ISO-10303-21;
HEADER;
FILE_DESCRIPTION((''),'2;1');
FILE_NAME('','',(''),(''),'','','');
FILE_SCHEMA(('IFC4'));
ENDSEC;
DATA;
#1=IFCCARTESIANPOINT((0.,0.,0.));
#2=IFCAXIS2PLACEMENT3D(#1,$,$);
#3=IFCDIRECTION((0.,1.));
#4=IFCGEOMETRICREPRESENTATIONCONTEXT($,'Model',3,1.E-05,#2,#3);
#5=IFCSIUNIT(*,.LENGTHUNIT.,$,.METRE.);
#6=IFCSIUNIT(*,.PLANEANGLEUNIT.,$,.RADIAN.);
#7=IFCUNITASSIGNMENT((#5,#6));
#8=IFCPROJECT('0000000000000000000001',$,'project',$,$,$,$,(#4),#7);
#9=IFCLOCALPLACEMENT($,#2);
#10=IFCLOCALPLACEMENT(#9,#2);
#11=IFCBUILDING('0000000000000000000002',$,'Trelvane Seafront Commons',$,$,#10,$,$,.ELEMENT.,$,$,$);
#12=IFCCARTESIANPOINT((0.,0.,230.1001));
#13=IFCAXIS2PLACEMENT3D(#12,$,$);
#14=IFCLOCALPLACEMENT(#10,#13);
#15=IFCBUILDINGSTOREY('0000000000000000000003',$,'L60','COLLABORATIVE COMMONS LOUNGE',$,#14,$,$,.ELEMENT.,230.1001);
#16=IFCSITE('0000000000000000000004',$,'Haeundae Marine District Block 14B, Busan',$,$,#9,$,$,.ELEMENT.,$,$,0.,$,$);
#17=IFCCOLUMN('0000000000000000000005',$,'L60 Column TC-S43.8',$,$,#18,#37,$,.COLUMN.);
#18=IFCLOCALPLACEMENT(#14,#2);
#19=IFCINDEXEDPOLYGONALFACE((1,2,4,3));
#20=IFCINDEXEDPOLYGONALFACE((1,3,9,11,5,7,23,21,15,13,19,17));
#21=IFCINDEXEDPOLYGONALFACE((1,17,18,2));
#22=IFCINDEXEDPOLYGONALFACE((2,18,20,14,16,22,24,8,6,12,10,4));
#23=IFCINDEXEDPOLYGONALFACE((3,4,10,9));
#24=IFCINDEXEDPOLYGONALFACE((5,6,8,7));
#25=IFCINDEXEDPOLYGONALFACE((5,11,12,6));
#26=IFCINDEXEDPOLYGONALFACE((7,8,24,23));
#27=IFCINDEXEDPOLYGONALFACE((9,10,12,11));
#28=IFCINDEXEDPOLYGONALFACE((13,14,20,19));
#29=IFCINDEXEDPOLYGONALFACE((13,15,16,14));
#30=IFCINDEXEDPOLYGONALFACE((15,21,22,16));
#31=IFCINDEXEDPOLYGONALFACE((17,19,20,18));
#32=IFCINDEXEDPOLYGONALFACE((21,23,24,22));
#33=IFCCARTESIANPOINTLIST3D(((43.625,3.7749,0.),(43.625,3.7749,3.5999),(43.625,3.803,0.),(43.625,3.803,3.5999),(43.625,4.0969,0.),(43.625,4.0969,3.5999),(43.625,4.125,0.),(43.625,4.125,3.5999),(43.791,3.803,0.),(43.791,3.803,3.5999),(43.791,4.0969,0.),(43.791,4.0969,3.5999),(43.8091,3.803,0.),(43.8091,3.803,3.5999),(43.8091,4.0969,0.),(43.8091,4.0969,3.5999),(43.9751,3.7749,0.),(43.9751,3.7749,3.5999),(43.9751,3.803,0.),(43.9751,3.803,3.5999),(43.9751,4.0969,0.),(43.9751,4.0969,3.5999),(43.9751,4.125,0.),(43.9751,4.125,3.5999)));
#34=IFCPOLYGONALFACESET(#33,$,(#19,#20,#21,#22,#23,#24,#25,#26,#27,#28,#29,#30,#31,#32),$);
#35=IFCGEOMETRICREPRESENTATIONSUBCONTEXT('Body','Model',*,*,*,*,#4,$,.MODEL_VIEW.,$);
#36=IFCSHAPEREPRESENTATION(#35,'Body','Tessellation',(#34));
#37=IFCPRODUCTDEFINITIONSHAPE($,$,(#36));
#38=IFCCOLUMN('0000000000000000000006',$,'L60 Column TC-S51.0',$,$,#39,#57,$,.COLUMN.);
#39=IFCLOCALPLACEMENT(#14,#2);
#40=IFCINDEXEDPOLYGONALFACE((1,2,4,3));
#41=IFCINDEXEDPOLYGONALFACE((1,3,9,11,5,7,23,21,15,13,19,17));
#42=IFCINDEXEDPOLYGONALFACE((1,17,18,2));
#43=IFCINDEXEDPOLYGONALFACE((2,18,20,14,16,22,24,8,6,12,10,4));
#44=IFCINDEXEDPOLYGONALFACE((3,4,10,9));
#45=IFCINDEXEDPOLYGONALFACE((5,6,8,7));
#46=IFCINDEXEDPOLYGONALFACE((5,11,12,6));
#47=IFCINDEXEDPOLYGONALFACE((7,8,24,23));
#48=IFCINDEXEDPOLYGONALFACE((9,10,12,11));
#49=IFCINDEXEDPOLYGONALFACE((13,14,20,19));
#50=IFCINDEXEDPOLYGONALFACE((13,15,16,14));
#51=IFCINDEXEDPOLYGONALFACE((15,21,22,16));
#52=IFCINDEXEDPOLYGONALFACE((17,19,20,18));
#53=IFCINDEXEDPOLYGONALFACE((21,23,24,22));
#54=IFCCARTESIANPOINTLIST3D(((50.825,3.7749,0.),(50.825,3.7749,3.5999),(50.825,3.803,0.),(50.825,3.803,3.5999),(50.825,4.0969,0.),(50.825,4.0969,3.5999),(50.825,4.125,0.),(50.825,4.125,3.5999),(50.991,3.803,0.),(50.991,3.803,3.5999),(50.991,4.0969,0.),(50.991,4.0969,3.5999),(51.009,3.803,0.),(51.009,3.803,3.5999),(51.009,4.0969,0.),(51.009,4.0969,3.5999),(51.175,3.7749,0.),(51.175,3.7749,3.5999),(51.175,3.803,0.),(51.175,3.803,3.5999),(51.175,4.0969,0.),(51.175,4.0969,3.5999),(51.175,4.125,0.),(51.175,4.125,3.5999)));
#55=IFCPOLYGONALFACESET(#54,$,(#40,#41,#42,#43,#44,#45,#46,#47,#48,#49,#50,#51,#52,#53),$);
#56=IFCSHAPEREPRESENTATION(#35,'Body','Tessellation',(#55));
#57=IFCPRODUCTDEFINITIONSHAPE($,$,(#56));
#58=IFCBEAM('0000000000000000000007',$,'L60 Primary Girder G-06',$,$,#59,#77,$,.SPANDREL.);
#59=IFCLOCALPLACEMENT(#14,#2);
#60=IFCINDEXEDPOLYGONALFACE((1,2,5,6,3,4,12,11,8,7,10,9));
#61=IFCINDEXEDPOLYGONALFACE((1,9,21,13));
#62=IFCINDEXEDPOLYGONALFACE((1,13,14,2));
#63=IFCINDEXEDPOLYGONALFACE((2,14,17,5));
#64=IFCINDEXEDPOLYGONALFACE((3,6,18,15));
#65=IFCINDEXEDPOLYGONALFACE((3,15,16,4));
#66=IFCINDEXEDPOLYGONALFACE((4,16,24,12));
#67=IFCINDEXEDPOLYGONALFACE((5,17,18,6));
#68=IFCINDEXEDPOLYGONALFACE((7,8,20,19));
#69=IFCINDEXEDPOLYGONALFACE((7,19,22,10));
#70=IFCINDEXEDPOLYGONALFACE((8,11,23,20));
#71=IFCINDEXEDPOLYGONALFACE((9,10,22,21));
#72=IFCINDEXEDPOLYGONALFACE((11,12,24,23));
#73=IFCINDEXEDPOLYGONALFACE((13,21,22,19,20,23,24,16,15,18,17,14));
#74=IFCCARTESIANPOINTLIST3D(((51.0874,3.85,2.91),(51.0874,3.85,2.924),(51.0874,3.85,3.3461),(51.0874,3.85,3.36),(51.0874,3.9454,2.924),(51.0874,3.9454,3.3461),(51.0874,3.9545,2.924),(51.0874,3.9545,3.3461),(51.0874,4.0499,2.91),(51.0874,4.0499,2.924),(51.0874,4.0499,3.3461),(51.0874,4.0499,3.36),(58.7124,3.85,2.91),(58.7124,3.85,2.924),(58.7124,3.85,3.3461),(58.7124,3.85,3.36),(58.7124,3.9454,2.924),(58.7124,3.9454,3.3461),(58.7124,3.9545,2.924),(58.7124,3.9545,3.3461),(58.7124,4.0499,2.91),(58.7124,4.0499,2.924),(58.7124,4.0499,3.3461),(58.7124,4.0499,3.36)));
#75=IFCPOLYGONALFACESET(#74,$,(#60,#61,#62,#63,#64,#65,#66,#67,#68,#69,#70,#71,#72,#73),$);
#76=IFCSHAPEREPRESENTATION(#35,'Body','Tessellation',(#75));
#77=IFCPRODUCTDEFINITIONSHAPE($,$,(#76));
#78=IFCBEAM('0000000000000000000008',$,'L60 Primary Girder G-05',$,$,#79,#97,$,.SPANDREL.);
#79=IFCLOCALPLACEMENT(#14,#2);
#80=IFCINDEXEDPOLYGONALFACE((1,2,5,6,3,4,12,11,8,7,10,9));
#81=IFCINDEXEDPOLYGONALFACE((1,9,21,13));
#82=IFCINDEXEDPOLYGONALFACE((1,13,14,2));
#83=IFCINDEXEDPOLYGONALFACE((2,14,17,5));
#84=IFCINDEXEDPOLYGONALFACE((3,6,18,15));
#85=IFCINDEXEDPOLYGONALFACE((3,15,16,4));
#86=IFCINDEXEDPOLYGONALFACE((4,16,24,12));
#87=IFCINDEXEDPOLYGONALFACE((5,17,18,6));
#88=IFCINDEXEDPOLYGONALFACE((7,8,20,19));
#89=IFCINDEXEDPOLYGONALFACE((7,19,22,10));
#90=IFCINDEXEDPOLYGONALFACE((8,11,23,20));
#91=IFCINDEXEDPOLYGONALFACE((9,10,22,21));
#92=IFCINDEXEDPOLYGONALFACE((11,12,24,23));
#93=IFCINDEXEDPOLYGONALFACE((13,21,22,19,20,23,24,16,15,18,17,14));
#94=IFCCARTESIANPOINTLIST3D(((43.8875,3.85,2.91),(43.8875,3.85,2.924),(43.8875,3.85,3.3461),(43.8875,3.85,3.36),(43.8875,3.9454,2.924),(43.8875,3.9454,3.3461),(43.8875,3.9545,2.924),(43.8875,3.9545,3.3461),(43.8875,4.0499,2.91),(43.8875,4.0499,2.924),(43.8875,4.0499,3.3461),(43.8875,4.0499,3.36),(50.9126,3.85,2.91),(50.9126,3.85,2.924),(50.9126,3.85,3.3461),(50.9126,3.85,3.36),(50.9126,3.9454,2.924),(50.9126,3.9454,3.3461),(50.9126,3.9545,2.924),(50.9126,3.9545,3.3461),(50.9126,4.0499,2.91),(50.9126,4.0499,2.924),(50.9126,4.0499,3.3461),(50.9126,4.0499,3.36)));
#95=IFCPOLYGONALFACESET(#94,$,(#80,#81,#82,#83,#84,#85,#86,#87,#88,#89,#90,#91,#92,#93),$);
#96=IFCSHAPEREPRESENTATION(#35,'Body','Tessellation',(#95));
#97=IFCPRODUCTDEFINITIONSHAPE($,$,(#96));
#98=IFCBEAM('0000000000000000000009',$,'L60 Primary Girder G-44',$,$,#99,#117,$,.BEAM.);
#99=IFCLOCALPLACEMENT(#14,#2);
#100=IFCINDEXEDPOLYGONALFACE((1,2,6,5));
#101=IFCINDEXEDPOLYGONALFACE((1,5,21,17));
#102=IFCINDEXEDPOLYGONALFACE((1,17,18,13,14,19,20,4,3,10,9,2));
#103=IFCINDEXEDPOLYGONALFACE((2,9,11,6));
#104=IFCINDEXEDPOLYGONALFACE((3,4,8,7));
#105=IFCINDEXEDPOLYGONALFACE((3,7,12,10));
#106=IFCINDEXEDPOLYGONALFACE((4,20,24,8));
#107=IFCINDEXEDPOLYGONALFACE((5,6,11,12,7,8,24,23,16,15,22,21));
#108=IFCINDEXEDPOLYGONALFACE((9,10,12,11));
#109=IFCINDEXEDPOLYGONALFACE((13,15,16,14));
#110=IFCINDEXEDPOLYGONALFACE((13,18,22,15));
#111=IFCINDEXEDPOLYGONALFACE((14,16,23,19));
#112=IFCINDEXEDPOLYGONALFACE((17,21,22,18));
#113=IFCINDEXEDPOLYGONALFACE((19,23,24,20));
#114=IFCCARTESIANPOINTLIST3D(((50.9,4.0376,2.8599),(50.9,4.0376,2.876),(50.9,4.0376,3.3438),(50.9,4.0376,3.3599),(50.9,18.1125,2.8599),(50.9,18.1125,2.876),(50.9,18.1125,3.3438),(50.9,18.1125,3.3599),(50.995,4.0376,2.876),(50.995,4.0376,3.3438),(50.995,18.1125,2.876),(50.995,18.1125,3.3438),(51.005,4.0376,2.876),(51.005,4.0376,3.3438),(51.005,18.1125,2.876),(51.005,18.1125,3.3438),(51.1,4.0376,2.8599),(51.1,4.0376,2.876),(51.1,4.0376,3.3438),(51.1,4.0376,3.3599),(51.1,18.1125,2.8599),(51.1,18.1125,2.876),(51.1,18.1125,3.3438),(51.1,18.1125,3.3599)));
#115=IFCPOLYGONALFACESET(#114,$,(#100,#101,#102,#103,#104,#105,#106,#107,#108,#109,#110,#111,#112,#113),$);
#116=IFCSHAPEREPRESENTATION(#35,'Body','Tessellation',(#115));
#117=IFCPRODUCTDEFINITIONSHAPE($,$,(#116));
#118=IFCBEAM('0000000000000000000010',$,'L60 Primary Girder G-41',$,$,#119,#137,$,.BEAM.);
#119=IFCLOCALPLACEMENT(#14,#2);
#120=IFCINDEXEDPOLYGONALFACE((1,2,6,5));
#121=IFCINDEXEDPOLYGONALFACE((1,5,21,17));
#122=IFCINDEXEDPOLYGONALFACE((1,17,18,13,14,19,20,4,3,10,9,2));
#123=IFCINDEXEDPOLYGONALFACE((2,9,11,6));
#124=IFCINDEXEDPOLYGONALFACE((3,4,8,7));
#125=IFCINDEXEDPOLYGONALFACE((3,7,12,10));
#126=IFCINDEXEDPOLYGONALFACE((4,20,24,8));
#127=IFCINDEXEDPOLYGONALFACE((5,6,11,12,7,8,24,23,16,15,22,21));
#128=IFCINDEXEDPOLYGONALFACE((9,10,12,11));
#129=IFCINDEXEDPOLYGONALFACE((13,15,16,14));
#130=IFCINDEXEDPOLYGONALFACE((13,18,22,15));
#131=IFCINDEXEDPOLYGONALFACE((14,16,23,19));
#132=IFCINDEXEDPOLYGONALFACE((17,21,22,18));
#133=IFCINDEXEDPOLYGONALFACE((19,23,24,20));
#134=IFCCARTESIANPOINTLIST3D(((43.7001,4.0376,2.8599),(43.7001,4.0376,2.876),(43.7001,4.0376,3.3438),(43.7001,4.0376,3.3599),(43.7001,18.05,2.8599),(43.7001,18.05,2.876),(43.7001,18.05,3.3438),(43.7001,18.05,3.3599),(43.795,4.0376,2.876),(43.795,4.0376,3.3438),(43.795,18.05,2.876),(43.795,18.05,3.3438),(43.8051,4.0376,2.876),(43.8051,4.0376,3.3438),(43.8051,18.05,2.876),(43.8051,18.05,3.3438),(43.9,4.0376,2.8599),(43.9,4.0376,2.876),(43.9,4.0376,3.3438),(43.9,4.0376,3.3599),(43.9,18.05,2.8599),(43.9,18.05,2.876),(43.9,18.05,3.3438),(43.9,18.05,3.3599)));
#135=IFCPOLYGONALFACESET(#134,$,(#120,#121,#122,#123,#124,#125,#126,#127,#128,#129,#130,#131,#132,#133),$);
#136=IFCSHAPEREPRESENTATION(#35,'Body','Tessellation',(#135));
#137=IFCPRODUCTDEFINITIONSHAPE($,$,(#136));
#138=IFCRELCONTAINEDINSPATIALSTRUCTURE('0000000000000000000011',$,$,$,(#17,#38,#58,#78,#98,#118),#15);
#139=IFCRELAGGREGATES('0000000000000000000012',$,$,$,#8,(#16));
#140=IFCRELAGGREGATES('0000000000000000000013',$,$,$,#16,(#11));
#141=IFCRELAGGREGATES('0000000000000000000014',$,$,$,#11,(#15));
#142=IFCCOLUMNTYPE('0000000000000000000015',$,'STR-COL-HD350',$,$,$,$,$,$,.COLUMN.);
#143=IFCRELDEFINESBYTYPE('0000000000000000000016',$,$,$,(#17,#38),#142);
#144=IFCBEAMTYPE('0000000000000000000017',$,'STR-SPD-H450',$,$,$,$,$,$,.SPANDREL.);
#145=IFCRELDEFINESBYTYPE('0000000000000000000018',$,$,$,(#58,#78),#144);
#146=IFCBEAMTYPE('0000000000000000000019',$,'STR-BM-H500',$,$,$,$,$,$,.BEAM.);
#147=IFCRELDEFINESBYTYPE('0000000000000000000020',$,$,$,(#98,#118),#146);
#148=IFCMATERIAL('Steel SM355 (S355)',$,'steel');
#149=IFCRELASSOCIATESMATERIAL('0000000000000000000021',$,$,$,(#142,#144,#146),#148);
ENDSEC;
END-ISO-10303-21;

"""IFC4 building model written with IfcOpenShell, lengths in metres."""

from ifc_helpers import new_model, si_unit, direction, frame, origin, origin_2d, place, context, subcontext, project, spatial, i_section, extrude, source, transform, mapped, material, material_profile, profile_set, type_object, element, save


model = new_model("IFC4")

# Units and contexts
model_context = context("Model", 3, precision=1e-05, world=origin(), true_north=direction((0.0, 1.0)))
body_context = subcontext(model_context, "Body", "Model", "MODEL_VIEW")
ifc_project = project(units=[si_unit("LENGTHUNIT", "METRE"), si_unit("PLANEANGLEUNIT", "RADIAN")], contexts=[model_context])

# Site, building, storey
site_placement = place(None, origin())
site = spatial("IfcSite", under=ifc_project, at=site_placement, Name="Haeundae Marine District Block 14B, Busan", CompositionType="ELEMENT", RefElevation=0.0)
building_placement = place(site_placement, origin())
building = spatial("IfcBuilding", under=site, at=building_placement, Name="Trelvane Seafront Commons", CompositionType="ELEMENT")
storey_placement = place(building_placement, frame((0.0, 0.0, 230.1001)))
storey = spatial("IfcBuildingStorey", under=building, at=storey_placement, Name="L60", Description="COLLABORATIVE COMMONS LOUNGE", CompositionType="ELEMENT", Elevation=230.1001)

# Columns
ifc_material_1 = material(Name="Steel SM355 (S355)", Category="steel")
ifc_material_profile_1 = material_profile(ifc_material_1, i_section(OverallWidth=0.3501, OverallDepth=0.3501, WebThickness=0.0181, FlangeThickness=0.0281, at=origin_2d()), Name="HD-350x350x18x28")
ifc_profile_set_1 = profile_set([ifc_material_profile_1], Name="Steel SM355 (S355)")
column_type = type_object("IfcColumnType", Name="STR-COL-HD350", PredefinedType="COLUMN", material=ifc_profile_set_1)
shared_shape_1 = source(origin(), body_context, "Body", "SweptSolid", [
    extrude(i_section(OverallWidth=0.3501, OverallDepth=0.3501, WebThickness=0.0181, FlangeThickness=0.0281, at=origin_2d()), origin(), (0.0, 0.0, 1.0), 3.5999),
])
for number, where, z_axis, x_axis, name in (
    (1, (43.8, 3.95, 0.0), (0.0, 0.0, 1.0), (1.0, 0.0, 0.0), "L60 Column TC-S43.8"),
    (2, (51.0, 3.95, 0.0), (0.0, 0.0, 1.0), (1.0, 0.0, 0.0), "L60 Column TC-S51.0"),
):
    element("IfcColumn", number, at=place(storey_placement, frame(where, z_axis=z_axis, x_axis=x_axis)), inside=storey, type_object=column_type, Name=name, PredefinedType="COLUMN", context=body_context, shape_type="MappedRepresentation", body=[
        mapped(shared_shape_1, transform((0.0, 0.0, 0.0), x_axis=(1.0, 0.0, 0.0), y_axis=(0.0, 1.0, 0.0), z_axis=(0.0, 0.0, 1.0), scale=1.0)),
    ])

# Beams
ifc_material_profile_2 = material_profile(ifc_material_1, i_section(OverallWidth=0.2, OverallDepth=0.45, WebThickness=0.009, FlangeThickness=0.0139, at=origin_2d()), Name="H-450x200x9x14")
ifc_profile_set_2 = profile_set([ifc_material_profile_2], Name="Steel SM355 (S355)")
beam_type_1 = type_object("IfcBeamType", Name="STR-SPD-H450", PredefinedType="SPANDREL", material=ifc_profile_set_2)
shared_shape_2 = source(origin(), body_context, "Body", "SweptSolid", [
    extrude(i_section(OverallWidth=0.2, OverallDepth=0.45, WebThickness=0.009, FlangeThickness=0.0139, at=origin_2d()), origin(), (0.0, 0.0, 1.0), 7.625),
])
beam_1_placement = place(storey_placement, frame((51.0874, 3.95, 3.135), z_axis=(1.0, 0.0, 0.0), x_axis=(0.0, 1.0, 0.0)))
element("IfcBeam", 3, at=beam_1_placement, inside=storey, type_object=beam_type_1, Name="L60 Primary Girder G-06", PredefinedType="SPANDREL", context=body_context, shape_type="MappedRepresentation", body=[
    mapped(shared_shape_2, transform((0.0, 0.0, 0.0), x_axis=(1.0, 0.0, 0.0), y_axis=(0.0, 1.0, 0.0), z_axis=(0.0, 0.0, 1.0), scale=1.0)),
])
shared_shape_3 = source(origin(), body_context, "Body", "SweptSolid", [
    extrude(i_section(OverallWidth=0.2, OverallDepth=0.45, WebThickness=0.009, FlangeThickness=0.0139, at=origin_2d()), origin(), (0.0, 0.0, 1.0), 7.0251),
])
beam_2_placement = place(storey_placement, frame((43.8875, 3.95, 3.135), z_axis=(1.0, 0.0, 0.0), x_axis=(0.0, 1.0, 0.0)))
element("IfcBeam", 4, at=beam_2_placement, inside=storey, type_object=beam_type_1, Name="L60 Primary Girder G-05", PredefinedType="SPANDREL", context=body_context, shape_type="MappedRepresentation", body=[
    mapped(shared_shape_3, transform((0.0, 0.0, 0.0), x_axis=(1.0, 0.0, 0.0), y_axis=(0.0, 1.0, 0.0), z_axis=(0.0, 0.0, 1.0), scale=1.0)),
])
ifc_material_profile_3 = material_profile(ifc_material_1, i_section(OverallWidth=0.2, OverallDepth=0.5, WebThickness=0.01, FlangeThickness=0.0161, at=origin_2d()), Name="H-500x200x10x16")
ifc_profile_set_3 = profile_set([ifc_material_profile_3], Name="Steel SM355 (S355)")
beam_type_2 = type_object("IfcBeamType", Name="STR-BM-H500", PredefinedType="BEAM", material=ifc_profile_set_3)
shared_shape_4 = source(origin(), body_context, "Body", "SweptSolid", [
    extrude(i_section(OverallWidth=0.2, OverallDepth=0.5, WebThickness=0.01, FlangeThickness=0.0161, at=origin_2d()), origin(), (0.0, 0.0, 1.0), 14.075),
])
beam_3_placement = place(storey_placement, frame((51.0, 4.0376, 3.1099), z_axis=(0.0, 1.0, 0.0), x_axis=(-1.0, 0.0, 0.0)))
element("IfcBeam", 5, at=beam_3_placement, inside=storey, type_object=beam_type_2, Name="L60 Primary Girder G-44", PredefinedType="BEAM", context=body_context, shape_type="MappedRepresentation", body=[
    mapped(shared_shape_4, transform((0.0, 0.0, 0.0), x_axis=(1.0, 0.0, 0.0), y_axis=(0.0, 1.0, 0.0), z_axis=(0.0, 0.0, 1.0), scale=1.0)),
])
shared_shape_5 = source(origin(), body_context, "Body", "SweptSolid", [
    extrude(i_section(OverallWidth=0.2, OverallDepth=0.5, WebThickness=0.01, FlangeThickness=0.0161, at=origin_2d()), origin(), (0.0, 0.0, 1.0), 14.0125),
])
beam_4_placement = place(storey_placement, frame((43.8, 4.0376, 3.1099), z_axis=(0.0, 1.0, 0.0), x_axis=(-1.0, 0.0, 0.0)))
element("IfcBeam", 6, at=beam_4_placement, inside=storey, type_object=beam_type_2, Name="L60 Primary Girder G-41", PredefinedType="BEAM", context=body_context, shape_type="MappedRepresentation", body=[
    mapped(shared_shape_5, transform((0.0, 0.0, 0.0), x_axis=(1.0, 0.0, 0.0), y_axis=(0.0, 1.0, 0.0), z_axis=(0.0, 0.0, 1.0), scale=1.0)),
])

save(model, "model.ifc")
